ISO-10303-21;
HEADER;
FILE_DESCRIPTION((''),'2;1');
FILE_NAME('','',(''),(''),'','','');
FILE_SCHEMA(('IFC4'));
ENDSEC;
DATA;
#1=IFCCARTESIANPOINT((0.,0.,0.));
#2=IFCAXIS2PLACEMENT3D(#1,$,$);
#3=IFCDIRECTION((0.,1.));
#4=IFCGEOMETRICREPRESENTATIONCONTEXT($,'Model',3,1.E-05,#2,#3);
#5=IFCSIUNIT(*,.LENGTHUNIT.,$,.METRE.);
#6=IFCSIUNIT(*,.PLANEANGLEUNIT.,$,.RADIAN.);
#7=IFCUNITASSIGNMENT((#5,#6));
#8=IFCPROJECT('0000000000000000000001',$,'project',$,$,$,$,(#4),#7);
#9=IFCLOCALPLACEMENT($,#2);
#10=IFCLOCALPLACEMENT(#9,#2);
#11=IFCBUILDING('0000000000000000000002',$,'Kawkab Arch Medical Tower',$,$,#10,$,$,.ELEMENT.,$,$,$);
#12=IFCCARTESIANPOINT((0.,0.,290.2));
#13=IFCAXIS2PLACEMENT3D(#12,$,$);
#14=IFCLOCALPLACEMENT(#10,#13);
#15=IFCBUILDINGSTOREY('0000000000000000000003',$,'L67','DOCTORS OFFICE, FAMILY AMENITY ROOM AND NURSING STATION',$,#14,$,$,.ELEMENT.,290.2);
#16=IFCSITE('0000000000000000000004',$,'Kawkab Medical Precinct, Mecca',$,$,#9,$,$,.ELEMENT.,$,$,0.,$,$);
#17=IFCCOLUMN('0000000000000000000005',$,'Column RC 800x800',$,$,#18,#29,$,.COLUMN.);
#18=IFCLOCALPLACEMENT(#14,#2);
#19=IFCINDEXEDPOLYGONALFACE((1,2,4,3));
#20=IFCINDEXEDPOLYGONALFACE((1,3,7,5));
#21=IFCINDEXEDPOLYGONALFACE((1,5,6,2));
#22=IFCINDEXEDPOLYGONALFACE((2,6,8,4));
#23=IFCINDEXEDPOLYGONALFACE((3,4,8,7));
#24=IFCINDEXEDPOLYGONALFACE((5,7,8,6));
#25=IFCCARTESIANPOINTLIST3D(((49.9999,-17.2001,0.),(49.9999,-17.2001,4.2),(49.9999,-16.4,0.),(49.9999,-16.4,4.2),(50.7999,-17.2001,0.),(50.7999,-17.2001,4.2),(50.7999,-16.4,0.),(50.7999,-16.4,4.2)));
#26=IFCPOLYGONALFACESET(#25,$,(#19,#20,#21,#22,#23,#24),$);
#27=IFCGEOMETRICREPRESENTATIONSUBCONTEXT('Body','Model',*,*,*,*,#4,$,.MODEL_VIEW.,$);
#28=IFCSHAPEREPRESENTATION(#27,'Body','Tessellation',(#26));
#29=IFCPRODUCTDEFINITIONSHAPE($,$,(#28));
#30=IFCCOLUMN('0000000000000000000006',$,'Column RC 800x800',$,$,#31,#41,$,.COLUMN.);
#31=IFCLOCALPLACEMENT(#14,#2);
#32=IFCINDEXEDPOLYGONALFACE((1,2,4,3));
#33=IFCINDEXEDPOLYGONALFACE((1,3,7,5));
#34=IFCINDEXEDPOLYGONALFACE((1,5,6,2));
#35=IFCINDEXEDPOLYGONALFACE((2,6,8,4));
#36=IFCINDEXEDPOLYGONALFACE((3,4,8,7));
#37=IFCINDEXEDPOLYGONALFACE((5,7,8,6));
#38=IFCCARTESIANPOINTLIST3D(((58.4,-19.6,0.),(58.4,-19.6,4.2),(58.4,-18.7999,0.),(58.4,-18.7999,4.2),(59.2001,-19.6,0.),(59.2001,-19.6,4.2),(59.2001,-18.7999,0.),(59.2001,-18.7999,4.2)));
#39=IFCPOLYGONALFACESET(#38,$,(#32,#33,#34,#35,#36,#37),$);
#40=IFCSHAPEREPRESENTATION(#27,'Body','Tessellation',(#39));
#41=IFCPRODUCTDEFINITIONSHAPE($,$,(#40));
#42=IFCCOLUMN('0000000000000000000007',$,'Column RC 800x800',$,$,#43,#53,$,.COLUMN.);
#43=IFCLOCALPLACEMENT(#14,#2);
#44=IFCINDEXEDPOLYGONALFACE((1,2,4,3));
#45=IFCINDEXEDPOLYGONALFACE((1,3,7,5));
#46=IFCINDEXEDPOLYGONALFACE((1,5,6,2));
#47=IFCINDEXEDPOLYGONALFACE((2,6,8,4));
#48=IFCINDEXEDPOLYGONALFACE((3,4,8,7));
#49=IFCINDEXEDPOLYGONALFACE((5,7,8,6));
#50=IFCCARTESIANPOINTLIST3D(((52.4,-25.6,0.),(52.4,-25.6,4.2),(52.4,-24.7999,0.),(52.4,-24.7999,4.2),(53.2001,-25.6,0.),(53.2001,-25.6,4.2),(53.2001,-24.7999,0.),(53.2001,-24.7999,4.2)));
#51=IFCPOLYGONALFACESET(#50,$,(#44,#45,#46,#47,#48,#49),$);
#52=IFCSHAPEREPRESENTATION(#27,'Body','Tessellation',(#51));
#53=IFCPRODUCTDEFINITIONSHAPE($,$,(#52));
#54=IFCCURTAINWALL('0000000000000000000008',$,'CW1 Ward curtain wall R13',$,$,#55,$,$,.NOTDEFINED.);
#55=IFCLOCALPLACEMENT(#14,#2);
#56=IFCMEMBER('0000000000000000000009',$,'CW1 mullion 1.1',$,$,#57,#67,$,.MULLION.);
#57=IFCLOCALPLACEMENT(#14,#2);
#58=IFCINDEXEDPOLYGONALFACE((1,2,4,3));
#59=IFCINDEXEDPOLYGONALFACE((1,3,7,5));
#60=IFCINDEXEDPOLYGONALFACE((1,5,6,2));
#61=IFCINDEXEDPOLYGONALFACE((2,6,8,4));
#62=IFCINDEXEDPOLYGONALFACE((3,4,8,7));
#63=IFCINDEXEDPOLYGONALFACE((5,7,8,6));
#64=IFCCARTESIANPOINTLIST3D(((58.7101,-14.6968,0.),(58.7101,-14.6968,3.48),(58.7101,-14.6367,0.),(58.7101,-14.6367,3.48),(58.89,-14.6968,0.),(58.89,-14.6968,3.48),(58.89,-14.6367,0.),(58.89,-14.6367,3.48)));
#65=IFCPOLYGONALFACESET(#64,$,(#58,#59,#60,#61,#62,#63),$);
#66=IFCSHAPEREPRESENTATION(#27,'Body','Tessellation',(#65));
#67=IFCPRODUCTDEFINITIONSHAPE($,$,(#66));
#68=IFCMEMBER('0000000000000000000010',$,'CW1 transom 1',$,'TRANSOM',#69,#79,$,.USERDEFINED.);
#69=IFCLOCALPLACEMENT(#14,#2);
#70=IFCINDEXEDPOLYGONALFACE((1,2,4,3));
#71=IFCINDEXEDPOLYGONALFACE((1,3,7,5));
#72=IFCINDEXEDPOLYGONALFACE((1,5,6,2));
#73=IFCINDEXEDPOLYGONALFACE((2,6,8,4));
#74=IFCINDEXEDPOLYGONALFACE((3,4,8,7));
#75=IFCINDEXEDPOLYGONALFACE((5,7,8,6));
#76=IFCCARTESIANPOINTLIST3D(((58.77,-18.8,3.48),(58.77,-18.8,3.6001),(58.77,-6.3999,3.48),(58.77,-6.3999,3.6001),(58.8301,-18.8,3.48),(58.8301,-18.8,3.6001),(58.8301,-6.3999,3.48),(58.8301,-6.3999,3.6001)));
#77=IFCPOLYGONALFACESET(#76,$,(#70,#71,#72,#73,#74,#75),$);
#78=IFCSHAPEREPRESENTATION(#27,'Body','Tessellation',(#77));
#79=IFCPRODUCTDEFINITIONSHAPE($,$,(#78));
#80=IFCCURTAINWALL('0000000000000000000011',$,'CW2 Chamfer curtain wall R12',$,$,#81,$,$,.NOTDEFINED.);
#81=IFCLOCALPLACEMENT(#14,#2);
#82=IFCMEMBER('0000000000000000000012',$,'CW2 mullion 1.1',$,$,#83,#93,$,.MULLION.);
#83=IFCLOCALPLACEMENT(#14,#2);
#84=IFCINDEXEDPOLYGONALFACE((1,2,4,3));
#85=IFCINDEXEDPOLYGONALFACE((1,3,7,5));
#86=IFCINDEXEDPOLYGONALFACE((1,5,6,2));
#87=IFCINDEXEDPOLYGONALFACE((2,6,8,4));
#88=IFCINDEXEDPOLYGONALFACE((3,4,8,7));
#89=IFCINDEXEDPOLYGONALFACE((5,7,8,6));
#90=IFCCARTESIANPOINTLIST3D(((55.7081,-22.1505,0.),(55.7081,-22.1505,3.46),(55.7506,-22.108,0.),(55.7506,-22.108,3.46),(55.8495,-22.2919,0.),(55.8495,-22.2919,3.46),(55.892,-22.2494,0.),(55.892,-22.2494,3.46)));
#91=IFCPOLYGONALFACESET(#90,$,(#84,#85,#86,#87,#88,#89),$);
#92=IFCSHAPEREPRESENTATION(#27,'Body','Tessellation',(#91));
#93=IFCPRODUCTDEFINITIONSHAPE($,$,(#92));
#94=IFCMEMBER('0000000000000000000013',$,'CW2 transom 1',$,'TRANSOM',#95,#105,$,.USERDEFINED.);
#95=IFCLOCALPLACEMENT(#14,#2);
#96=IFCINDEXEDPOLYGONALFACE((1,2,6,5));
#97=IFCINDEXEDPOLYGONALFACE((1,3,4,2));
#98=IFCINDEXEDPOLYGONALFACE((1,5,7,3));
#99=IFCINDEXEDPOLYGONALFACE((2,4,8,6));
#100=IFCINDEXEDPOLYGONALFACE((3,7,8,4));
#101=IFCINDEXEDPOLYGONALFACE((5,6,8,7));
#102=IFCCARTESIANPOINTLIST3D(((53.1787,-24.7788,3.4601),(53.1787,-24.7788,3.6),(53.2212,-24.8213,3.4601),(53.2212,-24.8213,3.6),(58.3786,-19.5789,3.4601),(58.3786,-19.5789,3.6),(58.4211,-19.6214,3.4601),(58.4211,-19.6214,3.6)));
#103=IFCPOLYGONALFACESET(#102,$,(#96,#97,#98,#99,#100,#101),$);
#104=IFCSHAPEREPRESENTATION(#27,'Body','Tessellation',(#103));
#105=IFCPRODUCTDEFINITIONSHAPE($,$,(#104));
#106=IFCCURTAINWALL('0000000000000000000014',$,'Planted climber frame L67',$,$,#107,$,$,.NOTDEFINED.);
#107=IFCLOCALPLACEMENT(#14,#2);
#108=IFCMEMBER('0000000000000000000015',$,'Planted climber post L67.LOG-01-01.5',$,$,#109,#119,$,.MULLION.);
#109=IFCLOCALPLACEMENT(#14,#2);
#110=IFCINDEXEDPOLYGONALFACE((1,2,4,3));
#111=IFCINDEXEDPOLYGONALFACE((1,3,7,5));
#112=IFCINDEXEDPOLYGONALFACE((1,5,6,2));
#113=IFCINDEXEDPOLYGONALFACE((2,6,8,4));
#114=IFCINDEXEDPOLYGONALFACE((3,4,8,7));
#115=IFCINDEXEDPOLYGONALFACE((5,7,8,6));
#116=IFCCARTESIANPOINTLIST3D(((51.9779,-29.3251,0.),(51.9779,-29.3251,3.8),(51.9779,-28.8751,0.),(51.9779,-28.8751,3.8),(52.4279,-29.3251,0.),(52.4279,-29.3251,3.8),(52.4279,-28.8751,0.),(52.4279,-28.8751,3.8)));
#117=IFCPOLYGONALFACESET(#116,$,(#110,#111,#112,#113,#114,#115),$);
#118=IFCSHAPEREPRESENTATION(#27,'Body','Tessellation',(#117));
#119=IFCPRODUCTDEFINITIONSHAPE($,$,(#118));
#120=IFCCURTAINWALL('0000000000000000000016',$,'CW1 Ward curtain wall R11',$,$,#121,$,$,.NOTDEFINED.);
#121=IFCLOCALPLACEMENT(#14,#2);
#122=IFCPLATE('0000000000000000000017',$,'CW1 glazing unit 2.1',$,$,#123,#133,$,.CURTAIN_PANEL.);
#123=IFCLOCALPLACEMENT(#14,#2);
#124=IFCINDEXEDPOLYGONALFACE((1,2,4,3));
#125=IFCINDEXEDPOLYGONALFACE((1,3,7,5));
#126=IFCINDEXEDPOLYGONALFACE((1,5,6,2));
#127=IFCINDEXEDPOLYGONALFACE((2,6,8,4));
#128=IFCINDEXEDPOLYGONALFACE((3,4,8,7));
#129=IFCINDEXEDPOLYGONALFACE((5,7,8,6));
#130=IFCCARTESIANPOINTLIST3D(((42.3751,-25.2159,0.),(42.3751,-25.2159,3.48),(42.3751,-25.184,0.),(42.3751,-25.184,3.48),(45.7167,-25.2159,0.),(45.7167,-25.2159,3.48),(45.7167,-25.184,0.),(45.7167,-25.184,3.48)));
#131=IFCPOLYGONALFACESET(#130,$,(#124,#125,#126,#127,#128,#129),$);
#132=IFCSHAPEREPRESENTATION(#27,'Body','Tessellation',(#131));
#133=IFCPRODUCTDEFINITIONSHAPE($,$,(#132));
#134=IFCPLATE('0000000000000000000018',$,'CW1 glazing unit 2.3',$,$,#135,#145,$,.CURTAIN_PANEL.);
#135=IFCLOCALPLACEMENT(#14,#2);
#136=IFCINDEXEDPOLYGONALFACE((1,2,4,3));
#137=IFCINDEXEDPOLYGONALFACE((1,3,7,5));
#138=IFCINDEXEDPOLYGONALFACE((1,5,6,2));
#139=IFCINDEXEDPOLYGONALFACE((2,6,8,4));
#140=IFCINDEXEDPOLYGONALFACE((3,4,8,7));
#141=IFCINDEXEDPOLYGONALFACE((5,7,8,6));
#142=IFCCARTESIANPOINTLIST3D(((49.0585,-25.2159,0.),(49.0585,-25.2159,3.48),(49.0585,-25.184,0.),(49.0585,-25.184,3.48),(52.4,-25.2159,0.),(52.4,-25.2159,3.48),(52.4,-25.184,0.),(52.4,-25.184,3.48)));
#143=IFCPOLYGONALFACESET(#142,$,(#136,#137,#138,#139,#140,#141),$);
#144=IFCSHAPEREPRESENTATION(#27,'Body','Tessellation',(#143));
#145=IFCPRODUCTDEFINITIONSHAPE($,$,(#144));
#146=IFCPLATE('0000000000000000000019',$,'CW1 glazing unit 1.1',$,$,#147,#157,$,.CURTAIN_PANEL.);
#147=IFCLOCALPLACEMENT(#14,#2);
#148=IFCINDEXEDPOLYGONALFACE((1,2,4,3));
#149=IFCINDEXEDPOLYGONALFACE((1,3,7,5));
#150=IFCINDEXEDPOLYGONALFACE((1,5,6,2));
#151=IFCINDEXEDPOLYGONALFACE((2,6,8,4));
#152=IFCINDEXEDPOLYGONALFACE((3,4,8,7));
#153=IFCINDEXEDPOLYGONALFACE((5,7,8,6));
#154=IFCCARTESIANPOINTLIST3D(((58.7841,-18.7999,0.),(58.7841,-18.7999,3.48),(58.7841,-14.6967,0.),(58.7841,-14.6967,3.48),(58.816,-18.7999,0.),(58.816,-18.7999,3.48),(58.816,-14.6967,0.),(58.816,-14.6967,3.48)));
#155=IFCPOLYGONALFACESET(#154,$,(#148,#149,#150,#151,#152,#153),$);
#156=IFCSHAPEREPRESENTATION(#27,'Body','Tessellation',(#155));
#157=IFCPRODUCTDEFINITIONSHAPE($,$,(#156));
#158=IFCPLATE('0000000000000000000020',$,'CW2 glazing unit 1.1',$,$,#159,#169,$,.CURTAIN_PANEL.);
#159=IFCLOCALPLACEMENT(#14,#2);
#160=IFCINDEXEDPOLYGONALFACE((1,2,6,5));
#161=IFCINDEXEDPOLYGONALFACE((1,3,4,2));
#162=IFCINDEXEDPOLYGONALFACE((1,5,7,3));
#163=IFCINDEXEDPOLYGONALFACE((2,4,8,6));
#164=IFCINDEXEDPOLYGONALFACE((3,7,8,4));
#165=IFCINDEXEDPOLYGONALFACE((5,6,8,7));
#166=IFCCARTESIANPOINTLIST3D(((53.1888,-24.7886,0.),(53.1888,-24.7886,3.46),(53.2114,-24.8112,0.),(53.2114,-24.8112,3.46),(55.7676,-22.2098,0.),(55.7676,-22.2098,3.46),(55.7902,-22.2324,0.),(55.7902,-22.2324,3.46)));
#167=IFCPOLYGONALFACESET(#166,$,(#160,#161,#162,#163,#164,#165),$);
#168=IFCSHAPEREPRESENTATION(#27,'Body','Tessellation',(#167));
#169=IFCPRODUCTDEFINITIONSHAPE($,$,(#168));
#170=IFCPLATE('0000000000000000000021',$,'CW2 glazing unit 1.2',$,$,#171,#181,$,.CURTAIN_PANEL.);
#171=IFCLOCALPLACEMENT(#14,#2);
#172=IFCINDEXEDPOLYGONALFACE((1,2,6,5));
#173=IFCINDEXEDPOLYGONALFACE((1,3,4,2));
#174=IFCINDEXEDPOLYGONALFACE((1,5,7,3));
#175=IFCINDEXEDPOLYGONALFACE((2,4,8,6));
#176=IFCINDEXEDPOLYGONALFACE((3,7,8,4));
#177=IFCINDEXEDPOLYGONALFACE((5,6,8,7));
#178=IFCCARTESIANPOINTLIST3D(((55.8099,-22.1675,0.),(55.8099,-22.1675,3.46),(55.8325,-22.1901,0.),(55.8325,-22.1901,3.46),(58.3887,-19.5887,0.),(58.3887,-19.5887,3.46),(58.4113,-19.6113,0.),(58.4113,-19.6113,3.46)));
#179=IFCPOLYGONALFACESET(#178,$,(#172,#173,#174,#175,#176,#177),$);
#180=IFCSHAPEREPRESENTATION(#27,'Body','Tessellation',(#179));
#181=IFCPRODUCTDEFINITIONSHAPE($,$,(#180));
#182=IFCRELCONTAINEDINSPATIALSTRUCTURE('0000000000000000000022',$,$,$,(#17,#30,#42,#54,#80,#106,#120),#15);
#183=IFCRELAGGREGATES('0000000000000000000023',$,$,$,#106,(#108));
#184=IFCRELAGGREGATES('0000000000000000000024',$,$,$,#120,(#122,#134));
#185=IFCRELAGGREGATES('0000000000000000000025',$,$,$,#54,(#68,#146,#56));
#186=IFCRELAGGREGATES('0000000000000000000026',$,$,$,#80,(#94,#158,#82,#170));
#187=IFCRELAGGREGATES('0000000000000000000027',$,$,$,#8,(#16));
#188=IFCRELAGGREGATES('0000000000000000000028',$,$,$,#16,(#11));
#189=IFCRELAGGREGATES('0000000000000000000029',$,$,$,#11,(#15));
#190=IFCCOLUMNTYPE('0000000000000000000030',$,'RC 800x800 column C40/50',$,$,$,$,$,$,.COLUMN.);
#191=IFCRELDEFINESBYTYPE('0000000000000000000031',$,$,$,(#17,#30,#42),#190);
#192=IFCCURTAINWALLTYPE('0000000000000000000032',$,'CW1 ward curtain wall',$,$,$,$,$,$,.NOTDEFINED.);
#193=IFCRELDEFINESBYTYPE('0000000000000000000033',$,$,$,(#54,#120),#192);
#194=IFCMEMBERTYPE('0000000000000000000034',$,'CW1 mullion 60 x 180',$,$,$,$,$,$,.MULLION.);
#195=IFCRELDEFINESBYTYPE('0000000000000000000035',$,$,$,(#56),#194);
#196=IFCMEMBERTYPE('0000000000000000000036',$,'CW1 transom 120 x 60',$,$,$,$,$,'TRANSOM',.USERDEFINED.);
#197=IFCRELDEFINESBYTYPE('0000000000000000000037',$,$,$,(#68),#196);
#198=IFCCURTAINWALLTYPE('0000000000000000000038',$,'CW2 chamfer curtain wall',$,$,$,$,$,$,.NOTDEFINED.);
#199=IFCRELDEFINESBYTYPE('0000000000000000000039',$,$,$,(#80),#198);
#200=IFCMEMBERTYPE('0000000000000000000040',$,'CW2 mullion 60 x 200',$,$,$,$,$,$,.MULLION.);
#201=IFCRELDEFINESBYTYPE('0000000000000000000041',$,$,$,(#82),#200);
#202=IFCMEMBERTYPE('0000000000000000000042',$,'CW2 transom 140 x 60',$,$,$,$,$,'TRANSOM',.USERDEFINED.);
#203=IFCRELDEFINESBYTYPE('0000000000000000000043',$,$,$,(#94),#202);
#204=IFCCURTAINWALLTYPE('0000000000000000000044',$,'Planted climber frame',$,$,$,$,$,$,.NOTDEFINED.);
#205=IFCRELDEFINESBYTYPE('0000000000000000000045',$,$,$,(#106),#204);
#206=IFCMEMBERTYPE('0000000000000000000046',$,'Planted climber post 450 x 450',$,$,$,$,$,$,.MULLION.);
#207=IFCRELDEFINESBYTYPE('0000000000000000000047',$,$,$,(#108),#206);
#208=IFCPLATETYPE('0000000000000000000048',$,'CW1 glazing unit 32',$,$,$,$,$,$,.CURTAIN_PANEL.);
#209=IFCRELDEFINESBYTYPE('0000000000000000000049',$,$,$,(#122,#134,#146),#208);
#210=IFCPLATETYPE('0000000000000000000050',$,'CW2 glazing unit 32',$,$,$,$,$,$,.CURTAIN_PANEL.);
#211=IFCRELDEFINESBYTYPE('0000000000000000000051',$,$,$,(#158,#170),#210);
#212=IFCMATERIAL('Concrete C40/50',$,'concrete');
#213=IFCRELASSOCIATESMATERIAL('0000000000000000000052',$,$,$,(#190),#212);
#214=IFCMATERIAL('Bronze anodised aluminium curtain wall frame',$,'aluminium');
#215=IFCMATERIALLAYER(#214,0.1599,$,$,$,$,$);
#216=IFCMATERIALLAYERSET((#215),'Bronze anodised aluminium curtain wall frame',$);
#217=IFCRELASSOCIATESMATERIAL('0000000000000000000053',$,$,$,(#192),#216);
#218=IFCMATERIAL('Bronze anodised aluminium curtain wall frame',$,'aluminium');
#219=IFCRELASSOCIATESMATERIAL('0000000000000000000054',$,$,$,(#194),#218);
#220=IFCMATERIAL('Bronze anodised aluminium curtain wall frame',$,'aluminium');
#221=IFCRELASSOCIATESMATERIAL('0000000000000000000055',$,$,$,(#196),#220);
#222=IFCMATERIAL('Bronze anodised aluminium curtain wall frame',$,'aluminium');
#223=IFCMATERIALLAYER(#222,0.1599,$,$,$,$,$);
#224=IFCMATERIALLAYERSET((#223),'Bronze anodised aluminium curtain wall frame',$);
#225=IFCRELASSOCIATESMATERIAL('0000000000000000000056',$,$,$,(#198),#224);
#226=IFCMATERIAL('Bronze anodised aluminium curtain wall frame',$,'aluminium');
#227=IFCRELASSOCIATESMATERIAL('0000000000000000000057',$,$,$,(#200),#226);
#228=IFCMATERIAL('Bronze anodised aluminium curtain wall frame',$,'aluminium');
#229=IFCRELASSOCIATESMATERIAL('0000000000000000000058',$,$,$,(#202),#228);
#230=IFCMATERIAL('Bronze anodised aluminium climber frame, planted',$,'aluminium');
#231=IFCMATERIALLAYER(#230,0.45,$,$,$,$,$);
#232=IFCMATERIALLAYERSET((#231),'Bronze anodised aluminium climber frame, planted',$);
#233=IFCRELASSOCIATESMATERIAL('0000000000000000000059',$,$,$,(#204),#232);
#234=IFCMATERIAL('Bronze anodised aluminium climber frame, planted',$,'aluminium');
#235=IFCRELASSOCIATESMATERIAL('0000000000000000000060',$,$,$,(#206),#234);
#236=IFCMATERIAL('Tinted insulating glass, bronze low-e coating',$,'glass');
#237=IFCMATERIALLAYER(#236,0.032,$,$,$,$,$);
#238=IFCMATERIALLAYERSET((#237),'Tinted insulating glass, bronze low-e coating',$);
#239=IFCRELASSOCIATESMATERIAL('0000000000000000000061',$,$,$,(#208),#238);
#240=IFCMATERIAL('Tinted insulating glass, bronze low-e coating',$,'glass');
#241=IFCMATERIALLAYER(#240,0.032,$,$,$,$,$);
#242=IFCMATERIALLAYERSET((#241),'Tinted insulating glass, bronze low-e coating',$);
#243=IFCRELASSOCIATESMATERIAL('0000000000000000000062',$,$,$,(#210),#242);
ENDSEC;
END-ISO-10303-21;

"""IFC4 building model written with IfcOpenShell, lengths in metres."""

from ifc_helpers import new_model, si_unit, direction, frame, origin, origin_2d, place, context, subcontext, project, spatial, rectangle, extrude, material, layer, layer_set, material_profile, profile_set, type_object, element, aggregate, save


model = new_model("IFC4")

# Units and contexts
model_context = context("Model", 3, precision=1e-05, world=origin(), true_north=direction((0.0, 1.0)))
body_context = subcontext(model_context, "Body", "Model", "MODEL_VIEW")
ifc_project = project(units=[si_unit("LENGTHUNIT", "METRE"), si_unit("PLANEANGLEUNIT", "RADIAN")], contexts=[model_context])

# Site, building, storey
site_placement = place(None, origin())
site = spatial("IfcSite", under=ifc_project, at=site_placement, Name="Kawkab Medical Precinct, Mecca", CompositionType="ELEMENT", RefElevation=0.0)
building_placement = place(site_placement, origin())
building = spatial("IfcBuilding", under=site, at=building_placement, Name="Kawkab Arch Medical Tower", CompositionType="ELEMENT")
storey_placement = place(building_placement, frame((0.0, 0.0, 290.2)))
storey = spatial("IfcBuildingStorey", under=building, at=storey_placement, Name="L67", Description="DOCTORS OFFICE, FAMILY AMENITY ROOM AND NURSING STATION", CompositionType="ELEMENT", Elevation=290.2)

# Columns
ifc_material_1 = material(Name="Concrete C40/50", Category="concrete")
ifc_material_profile_1 = material_profile(ifc_material_1, rectangle(XDim=0.8, YDim=0.8, at=origin_2d()), Name="RC 800x800")
ifc_profile_set_1 = profile_set([ifc_material_profile_1], Name="Concrete C40/50")
column_type = type_object("IfcColumnType", Name="RC 800x800 column C40/50", PredefinedType="COLUMN", material=ifc_profile_set_1)
for number, where, z_axis, x_axis, name in (
    (1, (50.3999, -16.8, 0.0), (0.0, 0.0, 1.0), (1.0, 0.0, 0.0), "Column RC 800x800"),
    (2, (58.8, -19.2, 0.0), (0.0, 0.0, 1.0), (1.0, 0.0, 0.0), "Column RC 800x800"),
    (3, (52.8, -25.2, 0.0), (0.0, 0.0, 1.0), (1.0, 0.0, 0.0), "Column RC 800x800"),
):
    element("IfcColumn", number, at=place(storey_placement, frame(where, z_axis=z_axis, x_axis=x_axis)), inside=storey, type_object=column_type, Name=name, PredefinedType="COLUMN", context=body_context, shape_type="SweptSolid", body=[
        extrude(rectangle(XDim=0.8, YDim=0.8, at=origin_2d()), origin(), (0.0, 0.0, 1.0), 4.2),
    ])

# Curtain walls, members
ifc_material_2 = material(Name="Bronze anodised aluminium curtain wall frame", Category="aluminium")
ifc_layer_1 = layer(ifc_material_2, 0.1599)
ifc_layer_set_1 = layer_set([ifc_layer_1], Name="Bronze anodised aluminium curtain wall frame")
curtain_wall_type_1 = type_object("IfcCurtainWallType", Name="CW1 ward curtain wall", PredefinedType="NOTDEFINED", material=ifc_layer_set_1)
placement = place(storey_placement, origin())
curtain_wall_1 = element("IfcCurtainWall", 4, at=placement, inside=storey, type_object=curtain_wall_type_1, Name="CW1 Ward curtain wall R13", PredefinedType="NOTDEFINED")
ifc_material_3 = material(Name="Bronze anodised aluminium curtain wall frame", Category="aluminium")
ifc_material_profile_2 = material_profile(ifc_material_3, rectangle(XDim=0.1799, YDim=0.0601, at=origin_2d()), Name="AL 60x180")
ifc_profile_set_2 = profile_set([ifc_material_profile_2], Name="Bronze anodised aluminium curtain wall frame")
member_type_1 = type_object("IfcMemberType", Name="CW1 mullion 60 x 180", PredefinedType="MULLION", material=ifc_profile_set_2)
member_1_placement = place(storey_placement, frame((58.8, -14.6667, 0.0), z_axis=(0.0, 0.0, 1.0), x_axis=(-1.0, 0.0, 0.0)))
member_1 = element("IfcMember", 5, at=member_1_placement, type_object=member_type_1, Name="CW1 mullion 1.1", PredefinedType="MULLION", context=body_context, shape_type="SweptSolid", body=[
    extrude(rectangle(XDim=0.1799, YDim=0.0601, at=origin_2d()), origin(), (0.0, 0.0, 1.0), 3.48),
])
ifc_material_4 = material(Name="Bronze anodised aluminium curtain wall frame", Category="aluminium")
ifc_material_profile_3 = material_profile(ifc_material_4, rectangle(XDim=0.0601, YDim=0.1201, at=origin_2d()), Name="AL 60x120")
ifc_profile_set_3 = profile_set([ifc_material_profile_3], Name="Bronze anodised aluminium curtain wall frame")
member_type_2 = type_object("IfcMemberType", Name="CW1 transom 120 x 60", ElementType="TRANSOM", PredefinedType="USERDEFINED", material=ifc_profile_set_3)
member_2_placement = place(storey_placement, frame((58.8, -18.8, 3.54), z_axis=(0.0, 1.0, 0.0), x_axis=(-1.0, 0.0, 0.0)))
member_2 = element("IfcMember", 6, at=member_2_placement, type_object=member_type_2, Name="CW1 transom 1", ObjectType="TRANSOM", PredefinedType="USERDEFINED", context=body_context, shape_type="SweptSolid", body=[
    extrude(rectangle(XDim=0.0601, YDim=0.1201, at=origin_2d()), origin(), (0.0, 0.0, 1.0), 12.4001),
])
ifc_material_5 = material(Name="Bronze anodised aluminium curtain wall frame", Category="aluminium")
ifc_layer_2 = layer(ifc_material_5, 0.1599)
ifc_layer_set_2 = layer_set([ifc_layer_2], Name="Bronze anodised aluminium curtain wall frame")
curtain_wall_type_2 = type_object("IfcCurtainWallType", Name="CW2 chamfer curtain wall", PredefinedType="NOTDEFINED", material=ifc_layer_set_2)
curtain_wall_2 = element("IfcCurtainWall", 7, at=placement, inside=storey, type_object=curtain_wall_type_2, Name="CW2 Chamfer curtain wall R12", PredefinedType="NOTDEFINED")
ifc_material_6 = material(Name="Bronze anodised aluminium curtain wall frame", Category="aluminium")
ifc_material_profile_4 = material_profile(ifc_material_6, rectangle(XDim=0.2, YDim=0.0601, at=origin_2d()), Name="AL 60x200")
ifc_profile_set_4 = profile_set([ifc_material_profile_4], Name="Bronze anodised aluminium curtain wall frame")
member_type_3 = type_object("IfcMemberType", Name="CW2 mullion 60 x 200", PredefinedType="MULLION", material=ifc_profile_set_4)
member_3_placement = place(storey_placement, frame((55.8, -22.2, 0.0), z_axis=(0.0, 0.0, 1.0), x_axis=(-0.707107, 0.707107, 0.0)))
member_3 = element("IfcMember", 8, at=member_3_placement, type_object=member_type_3, Name="CW2 mullion 1.1", PredefinedType="MULLION", context=body_context, shape_type="SweptSolid", body=[
    extrude(rectangle(XDim=0.2, YDim=0.0601, at=origin_2d()), origin(), (0.0, 0.0, 1.0), 3.46),
])
ifc_material_7 = material(Name="Bronze anodised aluminium curtain wall frame", Category="aluminium")
ifc_material_profile_5 = material_profile(ifc_material_7, rectangle(XDim=0.0601, YDim=0.1399, at=origin_2d()), Name="AL 60x140")
ifc_profile_set_5 = profile_set([ifc_material_profile_5], Name="Bronze anodised aluminium curtain wall frame")
member_type_4 = type_object("IfcMemberType", Name="CW2 transom 140 x 60", ElementType="TRANSOM", PredefinedType="USERDEFINED", material=ifc_profile_set_5)
member_4_placement = place(storey_placement, frame((53.2, -24.8, 3.53), z_axis=(0.707107, 0.707107, 0.0), x_axis=(-0.707107, 0.707107, 0.0)))
member_4 = element("IfcMember", 9, at=member_4_placement, type_object=member_type_4, Name="CW2 transom 1", ObjectType="TRANSOM", PredefinedType="USERDEFINED", context=body_context, shape_type="SweptSolid", body=[
    extrude(rectangle(XDim=0.0601, YDim=0.1399, at=origin_2d()), origin(), (0.0, 0.0, 1.0), 7.3538),
])

# Curtain wall, member
ifc_material_8 = material(Name="Bronze anodised aluminium climber frame, planted", Category="aluminium")
ifc_layer_3 = layer(ifc_material_8, 0.45)
ifc_layer_set_3 = layer_set([ifc_layer_3], Name="Bronze anodised aluminium climber frame, planted")
curtain_wall_type_3 = type_object("IfcCurtainWallType", Name="Planted climber frame", PredefinedType="NOTDEFINED", material=ifc_layer_set_3)
curtain_wall_3 = element("IfcCurtainWall", 10, at=placement, inside=storey, type_object=curtain_wall_type_3, Name="Planted climber frame L67", PredefinedType="NOTDEFINED")
ifc_material_9 = material(Name="Bronze anodised aluminium climber frame, planted", Category="aluminium")
ifc_material_profile_6 = material_profile(ifc_material_9, rectangle(XDim=0.45, YDim=0.45, at=origin_2d()), Name="Post 450x450")
ifc_profile_set_6 = profile_set([ifc_material_profile_6], Name="Bronze anodised aluminium climber frame, planted")
member_type_5 = type_object("IfcMemberType", Name="Planted climber post 450 x 450", PredefinedType="MULLION", material=ifc_profile_set_6)
member_5_placement = place(storey_placement, frame((52.2029, -29.1001, 0.0), z_axis=(0.0, 0.0, 1.0), x_axis=(1.0, 0.0, 0.0)))
member_5 = element("IfcMember", 11, at=member_5_placement, type_object=member_type_5, Name="Planted climber post L67.LOG-01-01.5", PredefinedType="MULLION", context=body_context, shape_type="SweptSolid", body=[
    extrude(rectangle(XDim=0.45, YDim=0.45, at=origin_2d()), origin(), (0.0, 0.0, 1.0), 3.8),
])
aggregate(curtain_wall_3, [member_5])

# Curtain wall, plates
curtain_wall_4 = element("IfcCurtainWall", 12, at=placement, inside=storey, type_object=curtain_wall_type_1, Name="CW1 Ward curtain wall R11", PredefinedType="NOTDEFINED")
ifc_material_10 = material(Name="Tinted insulating glass, bronze low-e coating", Category="glass")
ifc_layer_4 = layer(ifc_material_10, 0.032)
ifc_layer_set_4 = layer_set([ifc_layer_4], Name="Tinted insulating glass, bronze low-e coating")
plate_type_1 = type_object("IfcPlateType", Name="CW1 glazing unit 32", PredefinedType="CURTAIN_PANEL", material=ifc_layer_set_4)
plate_1_placement = place(storey_placement, frame((44.0459, -25.2, 0.0), z_axis=(0.0, 0.0, 1.0), x_axis=(1.0, 0.0, 0.0)))
plate_1 = element("IfcPlate", 13, at=plate_1_placement, type_object=plate_type_1, Name="CW1 glazing unit 2.1", PredefinedType="CURTAIN_PANEL", context=body_context, shape_type="SweptSolid", body=[
    extrude(rectangle(XDim=3.3416, YDim=0.032, at=origin_2d()), origin(), (0.0, 0.0, 1.0), 3.48),
])
plate_2_placement = place(storey_placement, frame((50.7292, -25.2, 0.0), z_axis=(0.0, 0.0, 1.0), x_axis=(1.0, 0.0, 0.0)))
plate_2 = element("IfcPlate", 14, at=plate_2_placement, type_object=plate_type_1, Name="CW1 glazing unit 2.3", PredefinedType="CURTAIN_PANEL", context=body_context, shape_type="SweptSolid", body=[
    extrude(rectangle(XDim=3.3416, YDim=0.032, at=origin_2d()), origin(), (0.0, 0.0, 1.0), 3.48),
])
aggregate(curtain_wall_4, [plate_1, plate_2])

# Plates
plate_3_placement = place(storey_placement, frame((58.8, -16.7483, 0.0), z_axis=(0.0, 0.0, 1.0), x_axis=(0.0, 1.0, 0.0)))
plate_3 = element("IfcPlate", 15, at=plate_3_placement, type_object=plate_type_1, Name="CW1 glazing unit 1.1", PredefinedType="CURTAIN_PANEL", context=body_context, shape_type="SweptSolid", body=[
    extrude(rectangle(XDim=4.1033, YDim=0.032, at=origin_2d()), origin(), (0.0, 0.0, 1.0), 3.48),
])
aggregate(curtain_wall_1, [member_2, plate_3, member_1])
ifc_material_11 = material(Name="Tinted insulating glass, bronze low-e coating", Category="glass")
ifc_layer_5 = layer(ifc_material_11, 0.032)
ifc_layer_set_5 = layer_set([ifc_layer_5], Name="Tinted insulating glass, bronze low-e coating")
plate_type_2 = type_object("IfcPlateType", Name="CW2 glazing unit 32", PredefinedType="CURTAIN_PANEL", material=ifc_layer_set_5)
plate_4_placement = place(storey_placement, frame((54.4895, -23.5105, 0.0), z_axis=(0.0, 0.0, 1.0), x_axis=(0.707107, 0.707107, 0.0)))
plate_4 = element("IfcPlate", 16, at=plate_4_placement, type_object=plate_type_2, Name="CW2 glazing unit 1.1", PredefinedType="CURTAIN_PANEL", context=body_context, shape_type="SweptSolid", body=[
    extrude(rectangle(XDim=3.647, YDim=0.032, at=origin_2d()), origin(), (0.0, 0.0, 1.0), 3.46),
])
plate_5_placement = place(storey_placement, frame((57.1106, -20.8894, 0.0), z_axis=(0.0, 0.0, 1.0), x_axis=(0.707107, 0.707107, 0.0)))
plate_5 = element("IfcPlate", 17, at=plate_5_placement, type_object=plate_type_2, Name="CW2 glazing unit 1.2", PredefinedType="CURTAIN_PANEL", context=body_context, shape_type="SweptSolid", body=[
    extrude(rectangle(XDim=3.647, YDim=0.032, at=origin_2d()), origin(), (0.0, 0.0, 1.0), 3.46),
])
aggregate(curtain_wall_2, [member_4, plate_4, member_3, plate_5])

save(model, "model.ifc")
